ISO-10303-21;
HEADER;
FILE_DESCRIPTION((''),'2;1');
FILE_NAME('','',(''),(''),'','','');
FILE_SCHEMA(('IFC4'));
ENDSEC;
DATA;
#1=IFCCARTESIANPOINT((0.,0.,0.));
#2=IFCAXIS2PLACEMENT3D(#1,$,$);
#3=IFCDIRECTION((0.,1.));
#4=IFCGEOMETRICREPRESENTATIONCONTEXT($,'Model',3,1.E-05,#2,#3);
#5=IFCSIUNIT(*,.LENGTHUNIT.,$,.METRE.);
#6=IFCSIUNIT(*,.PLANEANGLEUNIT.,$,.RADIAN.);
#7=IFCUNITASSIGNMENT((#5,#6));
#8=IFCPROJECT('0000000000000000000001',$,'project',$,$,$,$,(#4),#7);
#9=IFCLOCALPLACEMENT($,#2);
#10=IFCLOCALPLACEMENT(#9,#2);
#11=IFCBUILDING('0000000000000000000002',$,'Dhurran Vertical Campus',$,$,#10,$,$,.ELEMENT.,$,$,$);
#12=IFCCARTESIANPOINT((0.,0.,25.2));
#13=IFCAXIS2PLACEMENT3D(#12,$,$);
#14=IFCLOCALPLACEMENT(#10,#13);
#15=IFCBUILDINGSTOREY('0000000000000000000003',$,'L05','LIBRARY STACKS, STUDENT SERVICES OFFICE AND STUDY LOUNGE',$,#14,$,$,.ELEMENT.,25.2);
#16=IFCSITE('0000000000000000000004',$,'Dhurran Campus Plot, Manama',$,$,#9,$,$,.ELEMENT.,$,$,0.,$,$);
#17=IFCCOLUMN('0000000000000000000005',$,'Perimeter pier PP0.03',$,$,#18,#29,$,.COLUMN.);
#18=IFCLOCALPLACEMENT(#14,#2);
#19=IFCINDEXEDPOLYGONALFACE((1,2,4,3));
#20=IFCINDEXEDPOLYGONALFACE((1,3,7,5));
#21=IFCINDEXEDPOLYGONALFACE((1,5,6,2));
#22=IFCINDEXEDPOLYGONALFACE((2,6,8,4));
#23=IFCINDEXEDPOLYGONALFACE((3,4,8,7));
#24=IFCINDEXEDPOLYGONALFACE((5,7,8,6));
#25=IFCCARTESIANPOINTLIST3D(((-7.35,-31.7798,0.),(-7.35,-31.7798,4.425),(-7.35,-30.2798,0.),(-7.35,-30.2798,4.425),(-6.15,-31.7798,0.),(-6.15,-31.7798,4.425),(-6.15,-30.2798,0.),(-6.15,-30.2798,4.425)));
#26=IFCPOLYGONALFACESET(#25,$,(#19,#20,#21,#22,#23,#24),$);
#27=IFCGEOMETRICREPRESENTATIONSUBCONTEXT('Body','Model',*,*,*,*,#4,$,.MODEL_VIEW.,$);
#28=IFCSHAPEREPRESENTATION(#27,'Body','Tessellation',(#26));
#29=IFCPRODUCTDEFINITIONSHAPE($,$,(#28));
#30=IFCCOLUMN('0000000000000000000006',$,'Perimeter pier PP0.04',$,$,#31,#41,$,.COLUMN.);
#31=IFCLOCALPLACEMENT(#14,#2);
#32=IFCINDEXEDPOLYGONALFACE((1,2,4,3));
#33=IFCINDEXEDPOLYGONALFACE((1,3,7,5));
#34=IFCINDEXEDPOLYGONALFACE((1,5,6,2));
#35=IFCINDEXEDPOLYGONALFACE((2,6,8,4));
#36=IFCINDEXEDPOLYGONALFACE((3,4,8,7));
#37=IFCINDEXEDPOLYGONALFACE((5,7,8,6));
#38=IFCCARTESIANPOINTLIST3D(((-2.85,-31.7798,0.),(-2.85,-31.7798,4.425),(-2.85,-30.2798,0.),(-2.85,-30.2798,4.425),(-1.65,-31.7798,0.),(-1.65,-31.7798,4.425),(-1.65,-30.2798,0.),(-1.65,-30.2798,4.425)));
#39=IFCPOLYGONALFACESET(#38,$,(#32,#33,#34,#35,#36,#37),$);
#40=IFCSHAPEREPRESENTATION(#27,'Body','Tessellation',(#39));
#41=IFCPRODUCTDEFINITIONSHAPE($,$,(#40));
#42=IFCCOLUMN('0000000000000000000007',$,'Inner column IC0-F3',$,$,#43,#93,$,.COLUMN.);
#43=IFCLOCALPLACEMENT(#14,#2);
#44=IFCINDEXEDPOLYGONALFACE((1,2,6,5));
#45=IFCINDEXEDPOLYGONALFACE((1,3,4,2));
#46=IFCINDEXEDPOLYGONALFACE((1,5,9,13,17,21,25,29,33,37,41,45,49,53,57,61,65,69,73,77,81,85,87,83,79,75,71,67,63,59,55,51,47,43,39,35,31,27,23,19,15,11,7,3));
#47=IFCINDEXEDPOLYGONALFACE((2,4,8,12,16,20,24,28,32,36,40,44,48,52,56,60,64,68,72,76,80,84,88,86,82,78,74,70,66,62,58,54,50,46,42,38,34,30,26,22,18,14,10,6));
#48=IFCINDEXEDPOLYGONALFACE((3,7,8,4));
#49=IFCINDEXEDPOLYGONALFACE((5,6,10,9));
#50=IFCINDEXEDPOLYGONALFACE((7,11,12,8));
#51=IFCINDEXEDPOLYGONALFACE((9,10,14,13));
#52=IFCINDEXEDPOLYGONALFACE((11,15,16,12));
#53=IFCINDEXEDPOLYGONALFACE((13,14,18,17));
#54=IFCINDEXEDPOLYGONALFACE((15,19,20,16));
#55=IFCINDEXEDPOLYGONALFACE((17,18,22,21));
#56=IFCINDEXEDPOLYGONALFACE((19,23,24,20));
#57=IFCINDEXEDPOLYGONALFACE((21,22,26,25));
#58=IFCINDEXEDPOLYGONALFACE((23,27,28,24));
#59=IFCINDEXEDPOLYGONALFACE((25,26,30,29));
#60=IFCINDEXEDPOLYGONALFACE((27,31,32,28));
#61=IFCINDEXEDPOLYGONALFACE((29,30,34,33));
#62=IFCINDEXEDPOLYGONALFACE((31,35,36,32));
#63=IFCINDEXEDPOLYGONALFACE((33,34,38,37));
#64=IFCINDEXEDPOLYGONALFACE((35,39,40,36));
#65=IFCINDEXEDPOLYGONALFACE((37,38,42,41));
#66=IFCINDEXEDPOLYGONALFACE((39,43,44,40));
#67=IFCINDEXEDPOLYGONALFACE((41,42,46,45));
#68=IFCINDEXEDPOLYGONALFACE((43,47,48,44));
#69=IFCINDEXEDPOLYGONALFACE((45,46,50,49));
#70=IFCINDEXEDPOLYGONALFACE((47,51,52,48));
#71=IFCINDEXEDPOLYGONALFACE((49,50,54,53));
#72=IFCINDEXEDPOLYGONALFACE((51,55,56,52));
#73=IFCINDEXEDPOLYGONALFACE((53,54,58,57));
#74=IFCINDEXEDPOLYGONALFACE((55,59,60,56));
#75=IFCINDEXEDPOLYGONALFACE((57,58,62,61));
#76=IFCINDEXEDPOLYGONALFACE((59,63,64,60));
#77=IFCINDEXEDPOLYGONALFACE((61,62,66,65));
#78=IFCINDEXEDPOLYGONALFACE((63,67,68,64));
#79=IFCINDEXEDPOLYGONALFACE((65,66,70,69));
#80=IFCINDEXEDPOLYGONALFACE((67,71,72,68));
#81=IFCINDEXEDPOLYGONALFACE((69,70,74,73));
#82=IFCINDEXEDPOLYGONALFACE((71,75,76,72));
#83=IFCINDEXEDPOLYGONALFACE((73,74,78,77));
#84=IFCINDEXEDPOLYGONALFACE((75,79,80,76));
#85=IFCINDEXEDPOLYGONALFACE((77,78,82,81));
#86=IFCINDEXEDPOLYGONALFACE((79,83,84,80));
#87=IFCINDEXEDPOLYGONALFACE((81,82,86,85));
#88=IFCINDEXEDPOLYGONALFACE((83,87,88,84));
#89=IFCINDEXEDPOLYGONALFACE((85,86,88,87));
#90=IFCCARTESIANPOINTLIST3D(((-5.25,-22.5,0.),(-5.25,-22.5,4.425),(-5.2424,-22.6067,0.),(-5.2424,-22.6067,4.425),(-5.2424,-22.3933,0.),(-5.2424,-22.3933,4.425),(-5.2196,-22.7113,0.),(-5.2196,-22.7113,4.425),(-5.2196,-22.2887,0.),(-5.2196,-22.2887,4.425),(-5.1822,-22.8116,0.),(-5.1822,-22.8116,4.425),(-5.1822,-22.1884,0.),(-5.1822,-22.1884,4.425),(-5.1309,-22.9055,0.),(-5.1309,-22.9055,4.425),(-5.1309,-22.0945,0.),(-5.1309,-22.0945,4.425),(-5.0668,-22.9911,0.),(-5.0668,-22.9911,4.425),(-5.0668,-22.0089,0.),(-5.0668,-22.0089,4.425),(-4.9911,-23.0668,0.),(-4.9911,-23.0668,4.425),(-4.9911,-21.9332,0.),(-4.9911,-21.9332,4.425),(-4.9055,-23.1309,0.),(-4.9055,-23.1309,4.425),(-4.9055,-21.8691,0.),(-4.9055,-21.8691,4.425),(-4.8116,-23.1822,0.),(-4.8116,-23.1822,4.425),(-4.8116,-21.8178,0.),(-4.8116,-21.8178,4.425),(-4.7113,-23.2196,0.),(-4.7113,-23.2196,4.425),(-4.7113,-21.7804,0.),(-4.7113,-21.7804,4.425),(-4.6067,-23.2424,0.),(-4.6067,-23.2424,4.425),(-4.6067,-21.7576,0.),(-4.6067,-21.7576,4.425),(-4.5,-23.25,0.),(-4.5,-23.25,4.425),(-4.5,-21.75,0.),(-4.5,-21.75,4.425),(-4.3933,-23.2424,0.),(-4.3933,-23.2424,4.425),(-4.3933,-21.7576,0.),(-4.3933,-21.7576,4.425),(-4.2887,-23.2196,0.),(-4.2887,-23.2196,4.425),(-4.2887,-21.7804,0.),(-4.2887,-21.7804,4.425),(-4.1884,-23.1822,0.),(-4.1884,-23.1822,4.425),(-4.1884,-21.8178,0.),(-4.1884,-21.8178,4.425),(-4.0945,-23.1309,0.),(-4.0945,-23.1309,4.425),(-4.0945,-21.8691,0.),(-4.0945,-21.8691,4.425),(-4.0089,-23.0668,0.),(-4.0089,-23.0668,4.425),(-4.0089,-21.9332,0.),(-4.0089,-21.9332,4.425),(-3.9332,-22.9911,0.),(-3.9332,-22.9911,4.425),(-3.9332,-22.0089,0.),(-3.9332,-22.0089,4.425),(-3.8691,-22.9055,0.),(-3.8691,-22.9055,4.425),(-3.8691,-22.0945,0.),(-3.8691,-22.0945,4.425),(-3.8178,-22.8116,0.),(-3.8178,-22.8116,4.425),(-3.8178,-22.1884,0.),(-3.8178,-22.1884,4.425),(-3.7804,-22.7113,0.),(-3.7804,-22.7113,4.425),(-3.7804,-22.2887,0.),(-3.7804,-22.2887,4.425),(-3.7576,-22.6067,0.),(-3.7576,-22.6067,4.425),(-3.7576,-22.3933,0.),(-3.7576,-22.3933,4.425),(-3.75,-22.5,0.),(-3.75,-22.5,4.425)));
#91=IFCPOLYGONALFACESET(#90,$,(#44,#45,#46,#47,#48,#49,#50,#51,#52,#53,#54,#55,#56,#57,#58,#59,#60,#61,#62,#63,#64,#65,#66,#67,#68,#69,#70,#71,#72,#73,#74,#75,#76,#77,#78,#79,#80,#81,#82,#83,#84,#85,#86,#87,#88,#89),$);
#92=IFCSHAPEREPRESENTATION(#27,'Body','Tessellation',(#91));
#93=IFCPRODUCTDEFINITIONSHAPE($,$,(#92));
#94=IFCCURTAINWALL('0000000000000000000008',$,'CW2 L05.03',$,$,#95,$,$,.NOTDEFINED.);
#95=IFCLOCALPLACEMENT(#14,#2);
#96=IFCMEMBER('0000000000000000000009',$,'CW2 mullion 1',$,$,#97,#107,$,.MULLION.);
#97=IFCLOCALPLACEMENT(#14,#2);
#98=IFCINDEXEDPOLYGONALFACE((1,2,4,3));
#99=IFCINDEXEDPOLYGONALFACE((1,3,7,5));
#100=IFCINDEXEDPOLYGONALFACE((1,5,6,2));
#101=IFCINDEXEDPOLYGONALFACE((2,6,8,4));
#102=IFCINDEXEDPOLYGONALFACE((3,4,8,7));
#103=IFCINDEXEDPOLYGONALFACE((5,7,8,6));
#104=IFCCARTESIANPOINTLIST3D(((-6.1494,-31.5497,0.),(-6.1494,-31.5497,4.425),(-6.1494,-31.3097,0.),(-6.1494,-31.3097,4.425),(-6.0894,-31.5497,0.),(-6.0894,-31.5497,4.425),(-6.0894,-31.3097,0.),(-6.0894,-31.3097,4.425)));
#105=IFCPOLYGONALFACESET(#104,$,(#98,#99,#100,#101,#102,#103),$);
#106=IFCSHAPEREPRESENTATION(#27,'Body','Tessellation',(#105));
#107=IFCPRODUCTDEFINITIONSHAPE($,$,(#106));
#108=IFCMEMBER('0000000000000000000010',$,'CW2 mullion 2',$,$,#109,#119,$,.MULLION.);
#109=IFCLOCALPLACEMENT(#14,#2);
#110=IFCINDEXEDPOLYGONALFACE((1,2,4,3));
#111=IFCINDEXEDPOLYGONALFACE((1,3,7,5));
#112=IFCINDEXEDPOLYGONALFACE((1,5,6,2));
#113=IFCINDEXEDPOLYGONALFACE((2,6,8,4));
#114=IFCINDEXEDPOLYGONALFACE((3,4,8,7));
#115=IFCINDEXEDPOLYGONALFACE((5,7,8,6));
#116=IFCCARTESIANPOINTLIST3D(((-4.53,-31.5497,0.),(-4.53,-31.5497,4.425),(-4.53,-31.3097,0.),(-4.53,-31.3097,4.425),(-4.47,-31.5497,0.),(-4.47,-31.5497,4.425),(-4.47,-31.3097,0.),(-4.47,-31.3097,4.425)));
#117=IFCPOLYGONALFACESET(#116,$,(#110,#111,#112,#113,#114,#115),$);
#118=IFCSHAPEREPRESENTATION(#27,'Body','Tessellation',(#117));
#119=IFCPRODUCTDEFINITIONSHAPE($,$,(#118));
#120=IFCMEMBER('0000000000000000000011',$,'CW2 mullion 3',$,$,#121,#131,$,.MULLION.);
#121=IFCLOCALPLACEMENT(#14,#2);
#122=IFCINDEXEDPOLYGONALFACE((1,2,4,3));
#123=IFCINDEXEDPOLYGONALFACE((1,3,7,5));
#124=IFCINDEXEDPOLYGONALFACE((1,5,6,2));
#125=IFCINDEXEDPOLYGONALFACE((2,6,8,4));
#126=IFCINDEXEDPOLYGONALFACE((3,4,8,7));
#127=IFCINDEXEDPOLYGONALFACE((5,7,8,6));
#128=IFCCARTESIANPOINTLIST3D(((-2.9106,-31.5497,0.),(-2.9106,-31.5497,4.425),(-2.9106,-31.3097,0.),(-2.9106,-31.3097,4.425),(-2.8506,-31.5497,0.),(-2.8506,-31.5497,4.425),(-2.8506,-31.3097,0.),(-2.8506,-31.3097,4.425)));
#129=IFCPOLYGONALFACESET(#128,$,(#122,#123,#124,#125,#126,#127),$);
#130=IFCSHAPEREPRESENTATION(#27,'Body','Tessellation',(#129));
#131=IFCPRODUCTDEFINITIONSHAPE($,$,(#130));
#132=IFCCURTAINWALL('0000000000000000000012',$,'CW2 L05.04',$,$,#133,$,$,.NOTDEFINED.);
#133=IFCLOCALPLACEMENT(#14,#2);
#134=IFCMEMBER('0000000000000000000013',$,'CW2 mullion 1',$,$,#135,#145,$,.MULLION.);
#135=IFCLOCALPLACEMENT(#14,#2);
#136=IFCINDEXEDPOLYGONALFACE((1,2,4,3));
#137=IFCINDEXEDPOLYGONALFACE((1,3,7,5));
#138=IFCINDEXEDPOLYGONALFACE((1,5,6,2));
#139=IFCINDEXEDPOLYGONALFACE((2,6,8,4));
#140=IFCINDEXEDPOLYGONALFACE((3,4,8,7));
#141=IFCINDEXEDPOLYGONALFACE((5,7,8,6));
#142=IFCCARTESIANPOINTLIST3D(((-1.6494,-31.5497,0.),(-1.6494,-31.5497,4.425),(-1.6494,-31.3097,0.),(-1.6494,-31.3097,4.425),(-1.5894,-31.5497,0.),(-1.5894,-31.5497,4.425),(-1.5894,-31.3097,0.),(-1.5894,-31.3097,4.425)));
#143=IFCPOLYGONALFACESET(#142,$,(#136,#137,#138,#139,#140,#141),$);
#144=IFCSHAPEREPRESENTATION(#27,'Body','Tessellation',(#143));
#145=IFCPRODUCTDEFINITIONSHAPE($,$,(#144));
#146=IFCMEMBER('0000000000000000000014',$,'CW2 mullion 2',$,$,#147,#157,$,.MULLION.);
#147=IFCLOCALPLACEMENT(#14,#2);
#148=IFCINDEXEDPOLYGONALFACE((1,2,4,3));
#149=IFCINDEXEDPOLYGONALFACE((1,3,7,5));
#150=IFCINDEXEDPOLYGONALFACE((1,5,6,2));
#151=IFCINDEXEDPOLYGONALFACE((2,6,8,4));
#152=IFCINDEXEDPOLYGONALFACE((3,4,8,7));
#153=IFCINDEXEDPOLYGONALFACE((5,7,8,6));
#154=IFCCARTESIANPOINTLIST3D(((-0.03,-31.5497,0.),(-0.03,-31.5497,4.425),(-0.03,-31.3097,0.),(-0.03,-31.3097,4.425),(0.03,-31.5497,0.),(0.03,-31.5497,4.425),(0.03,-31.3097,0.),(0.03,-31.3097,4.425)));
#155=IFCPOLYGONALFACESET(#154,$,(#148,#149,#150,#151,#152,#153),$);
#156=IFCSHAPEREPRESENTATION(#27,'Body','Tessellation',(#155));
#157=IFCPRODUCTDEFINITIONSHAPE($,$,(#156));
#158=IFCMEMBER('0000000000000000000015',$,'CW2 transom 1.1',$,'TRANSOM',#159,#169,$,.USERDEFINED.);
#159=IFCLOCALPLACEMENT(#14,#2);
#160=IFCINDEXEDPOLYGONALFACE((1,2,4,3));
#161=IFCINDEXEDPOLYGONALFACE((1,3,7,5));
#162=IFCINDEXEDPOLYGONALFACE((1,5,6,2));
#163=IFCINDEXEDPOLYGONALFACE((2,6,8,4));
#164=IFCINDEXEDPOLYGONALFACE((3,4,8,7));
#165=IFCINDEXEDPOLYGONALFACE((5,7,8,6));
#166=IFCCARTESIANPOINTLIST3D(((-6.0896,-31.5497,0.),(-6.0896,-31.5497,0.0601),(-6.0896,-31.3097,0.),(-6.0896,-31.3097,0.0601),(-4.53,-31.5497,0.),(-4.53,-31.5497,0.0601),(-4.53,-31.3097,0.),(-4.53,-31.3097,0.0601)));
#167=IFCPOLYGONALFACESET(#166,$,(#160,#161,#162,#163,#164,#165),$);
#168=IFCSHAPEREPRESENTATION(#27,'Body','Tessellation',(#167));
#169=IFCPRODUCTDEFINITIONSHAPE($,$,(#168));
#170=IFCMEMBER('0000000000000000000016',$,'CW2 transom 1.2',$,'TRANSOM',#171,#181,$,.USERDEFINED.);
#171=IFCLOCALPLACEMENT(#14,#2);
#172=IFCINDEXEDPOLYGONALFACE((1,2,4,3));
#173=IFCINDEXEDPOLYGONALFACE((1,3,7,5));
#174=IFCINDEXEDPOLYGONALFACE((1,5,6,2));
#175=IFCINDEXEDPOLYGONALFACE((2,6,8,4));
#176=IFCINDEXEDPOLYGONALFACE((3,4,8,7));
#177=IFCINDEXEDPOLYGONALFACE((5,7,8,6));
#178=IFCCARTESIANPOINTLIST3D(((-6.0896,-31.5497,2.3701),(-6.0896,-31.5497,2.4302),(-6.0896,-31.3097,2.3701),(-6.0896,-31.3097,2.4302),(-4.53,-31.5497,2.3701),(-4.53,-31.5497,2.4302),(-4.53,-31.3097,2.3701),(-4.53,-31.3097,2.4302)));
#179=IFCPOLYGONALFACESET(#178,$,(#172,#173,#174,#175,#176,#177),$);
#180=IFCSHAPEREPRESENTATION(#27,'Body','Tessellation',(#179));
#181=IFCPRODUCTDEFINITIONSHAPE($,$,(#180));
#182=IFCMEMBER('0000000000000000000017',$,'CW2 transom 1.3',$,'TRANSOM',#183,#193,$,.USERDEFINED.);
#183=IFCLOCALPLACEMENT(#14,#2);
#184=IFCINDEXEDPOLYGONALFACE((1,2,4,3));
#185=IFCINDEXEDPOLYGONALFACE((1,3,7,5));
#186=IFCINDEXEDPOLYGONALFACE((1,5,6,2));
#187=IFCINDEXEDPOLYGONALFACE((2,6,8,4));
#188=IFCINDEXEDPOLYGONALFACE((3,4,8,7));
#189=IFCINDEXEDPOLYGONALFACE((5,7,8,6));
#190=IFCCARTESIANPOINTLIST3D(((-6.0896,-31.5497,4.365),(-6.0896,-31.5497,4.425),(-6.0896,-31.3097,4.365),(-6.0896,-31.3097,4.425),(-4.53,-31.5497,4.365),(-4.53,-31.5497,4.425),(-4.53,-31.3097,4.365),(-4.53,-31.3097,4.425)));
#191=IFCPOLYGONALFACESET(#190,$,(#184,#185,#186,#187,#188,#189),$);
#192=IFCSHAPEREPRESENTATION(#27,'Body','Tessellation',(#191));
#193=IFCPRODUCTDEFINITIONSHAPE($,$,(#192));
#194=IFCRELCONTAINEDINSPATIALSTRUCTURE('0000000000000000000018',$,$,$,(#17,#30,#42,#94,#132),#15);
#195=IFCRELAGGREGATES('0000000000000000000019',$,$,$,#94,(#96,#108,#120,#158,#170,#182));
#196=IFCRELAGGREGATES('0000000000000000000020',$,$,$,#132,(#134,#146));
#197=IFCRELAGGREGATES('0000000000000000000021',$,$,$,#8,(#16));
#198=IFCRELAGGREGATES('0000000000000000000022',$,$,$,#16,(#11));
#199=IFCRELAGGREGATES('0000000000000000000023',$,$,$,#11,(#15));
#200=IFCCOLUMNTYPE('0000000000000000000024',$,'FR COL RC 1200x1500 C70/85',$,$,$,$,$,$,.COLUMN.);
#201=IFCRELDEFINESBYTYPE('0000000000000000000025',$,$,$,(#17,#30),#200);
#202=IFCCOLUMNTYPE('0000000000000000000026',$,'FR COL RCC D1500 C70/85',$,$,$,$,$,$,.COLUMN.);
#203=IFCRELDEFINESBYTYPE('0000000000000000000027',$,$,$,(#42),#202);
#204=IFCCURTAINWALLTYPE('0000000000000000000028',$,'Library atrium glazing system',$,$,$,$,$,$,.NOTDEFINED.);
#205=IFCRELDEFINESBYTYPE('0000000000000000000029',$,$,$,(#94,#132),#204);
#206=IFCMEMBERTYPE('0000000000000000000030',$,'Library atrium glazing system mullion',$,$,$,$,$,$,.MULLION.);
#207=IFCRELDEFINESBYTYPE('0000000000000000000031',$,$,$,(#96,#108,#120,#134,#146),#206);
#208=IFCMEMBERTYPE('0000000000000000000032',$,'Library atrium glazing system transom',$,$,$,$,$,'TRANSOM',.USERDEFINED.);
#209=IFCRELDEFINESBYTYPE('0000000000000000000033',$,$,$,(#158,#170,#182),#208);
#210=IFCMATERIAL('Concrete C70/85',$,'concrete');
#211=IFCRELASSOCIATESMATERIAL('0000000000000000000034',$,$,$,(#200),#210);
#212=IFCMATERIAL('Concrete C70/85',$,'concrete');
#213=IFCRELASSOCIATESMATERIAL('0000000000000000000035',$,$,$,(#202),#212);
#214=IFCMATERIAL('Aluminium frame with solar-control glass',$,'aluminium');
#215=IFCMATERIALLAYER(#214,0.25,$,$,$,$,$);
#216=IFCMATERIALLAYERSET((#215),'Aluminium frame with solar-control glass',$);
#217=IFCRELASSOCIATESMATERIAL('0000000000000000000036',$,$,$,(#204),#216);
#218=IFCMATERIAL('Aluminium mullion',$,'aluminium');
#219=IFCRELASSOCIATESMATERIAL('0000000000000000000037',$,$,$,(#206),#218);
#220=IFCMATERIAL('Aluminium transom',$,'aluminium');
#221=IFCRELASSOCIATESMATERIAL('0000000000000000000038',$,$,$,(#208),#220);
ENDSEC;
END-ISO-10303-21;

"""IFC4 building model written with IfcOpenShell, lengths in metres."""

from ifc_helpers import new_model, si_unit, direction, frame, origin, origin_2d, place, context, subcontext, project, spatial, rectangle, circle, extrude, material, layer, layer_set, material_profile, profile_set, type_object, element, aggregate, save


model = new_model("IFC4")

# Units and contexts
model_context = context("Model", 3, precision=1e-05, world=origin(), true_north=direction((0.0, 1.0)))
body_context = subcontext(model_context, "Body", "Model", "MODEL_VIEW")
ifc_project = project(units=[si_unit("LENGTHUNIT", "METRE"), si_unit("PLANEANGLEUNIT", "RADIAN")], contexts=[model_context])

# Site, building, storey
site_placement = place(None, origin())
site = spatial("IfcSite", under=ifc_project, at=site_placement, Name="Dhurran Campus Plot, Manama", CompositionType="ELEMENT", RefElevation=0.0)
building_placement = place(site_placement, origin())
building = spatial("IfcBuilding", under=site, at=building_placement, Name="Dhurran Vertical Campus", CompositionType="ELEMENT")
storey_placement = place(building_placement, frame((0.0, 0.0, 25.2)))
storey = spatial("IfcBuildingStorey", under=building, at=storey_placement, Name="L05", Description="LIBRARY STACKS, STUDENT SERVICES OFFICE AND STUDY LOUNGE", CompositionType="ELEMENT", Elevation=25.2)

# Columns
ifc_material_1 = material(Name="Concrete C70/85", Category="concrete")
ifc_material_profile_1 = material_profile(ifc_material_1, rectangle(XDim=1.2, YDim=1.5, at=origin_2d()), Name="RC 1200x1500")
ifc_profile_set_1 = profile_set([ifc_material_profile_1], Name="Concrete C70/85")
column_type_1 = type_object("IfcColumnType", Name="FR COL RC 1200x1500 C70/85", PredefinedType="COLUMN", material=ifc_profile_set_1)
for number, where, z_axis, x_axis, name in (
    (1, (-6.75, -31.0298, 0.0), (0.0, 0.0, 1.0), (1.0, 0.0, 0.0), "Perimeter pier PP0.03"),
    (2, (-2.25, -31.0298, 0.0), (0.0, 0.0, 1.0), (1.0, 0.0, 0.0), "Perimeter pier PP0.04"),
):
    element("IfcColumn", number, at=place(storey_placement, frame(where, z_axis=z_axis, x_axis=x_axis)), inside=storey, type_object=column_type_1, Name=name, PredefinedType="COLUMN", context=body_context, shape_type="SweptSolid", body=[
        extrude(rectangle(XDim=1.2, YDim=1.5, at=origin_2d()), origin(), (0.0, 0.0, 1.0), 4.425),
    ])
ifc_material_2 = material(Name="Concrete C70/85", Category="concrete")
ifc_material_profile_2 = material_profile(ifc_material_2, circle(Radius=0.75, at=origin_2d()), Name="RCC D1500")
ifc_profile_set_2 = profile_set([ifc_material_profile_2], Name="Concrete C70/85")
column_type_2 = type_object("IfcColumnType", Name="FR COL RCC D1500 C70/85", PredefinedType="COLUMN", material=ifc_profile_set_2)
column_placement = place(storey_placement, frame((-4.5, -22.5, 0.0), z_axis=(0.0, 0.0, 1.0), x_axis=(1.0, 0.0, 0.0)))
element("IfcColumn", 3, at=column_placement, inside=storey, type_object=column_type_2, Name="Inner column IC0-F3", PredefinedType="COLUMN", context=body_context, shape_type="SweptSolid", body=[
    extrude(circle(Radius=0.75, at=origin_2d()), origin(), (0.0, 0.0, 1.0), 4.425),
])

# Curtain walls, members
ifc_material_3 = material(Name="Aluminium frame with solar-control glass", Category="aluminium")
ifc_layer_1 = layer(ifc_material_3, 0.25)
ifc_layer_set_1 = layer_set([ifc_layer_1], Name="Aluminium frame with solar-control glass")
curtain_wall_type = type_object("IfcCurtainWallType", Name="Library atrium glazing system", PredefinedType="NOTDEFINED", material=ifc_layer_set_1)
curtain_wall_1_placement = place(storey_placement, origin())
curtain_wall_1 = element("IfcCurtainWall", 4, at=curtain_wall_1_placement, inside=storey, type_object=curtain_wall_type, Name="CW2 L05.03", PredefinedType="NOTDEFINED")
ifc_material_4 = material(Name="Aluminium mullion", Category="aluminium")
ifc_material_profile_3 = material_profile(ifc_material_4, rectangle(XDim=0.24, YDim=0.0601, at=origin_2d()), Name="Library atrium glazing system mullion")
ifc_profile_set_3 = profile_set([ifc_material_profile_3], Name="Aluminium mullion")
member_type_1 = type_object("IfcMemberType", Name="Library atrium glazing system mullion", PredefinedType="MULLION", material=ifc_profile_set_3)
member_1_placement = place(storey_placement, frame((-6.1194, -31.4297, 0.0), z_axis=(0.0, 0.0, 1.0), x_axis=(0.0, 1.0, 0.0)))
member_1 = element("IfcMember", 5, at=member_1_placement, type_object=member_type_1, Name="CW2 mullion 1", PredefinedType="MULLION", context=body_context, shape_type="SweptSolid", body=[
    extrude(rectangle(XDim=0.24, YDim=0.0601, at=origin_2d()), origin(), (0.0, 0.0, 1.0), 4.425),
])
member_2_placement = place(storey_placement, frame((-4.5, -31.4297, 0.0), z_axis=(0.0, 0.0, 1.0), x_axis=(0.0, 1.0, 0.0)))
member_2 = element("IfcMember", 6, at=member_2_placement, type_object=member_type_1, Name="CW2 mullion 2", PredefinedType="MULLION", context=body_context, shape_type="SweptSolid", body=[
    extrude(rectangle(XDim=0.24, YDim=0.0601, at=origin_2d()), origin(), (0.0, 0.0, 1.0), 4.425),
])
member_3_placement = place(storey_placement, frame((-2.8806, -31.4297, 0.0), z_axis=(0.0, 0.0, 1.0), x_axis=(0.0, 1.0, 0.0)))
member_3 = element("IfcMember", 7, at=member_3_placement, type_object=member_type_1, Name="CW2 mullion 3", PredefinedType="MULLION", context=body_context, shape_type="SweptSolid", body=[
    extrude(rectangle(XDim=0.24, YDim=0.0601, at=origin_2d()), origin(), (0.0, 0.0, 1.0), 4.425),
])
curtain_wall_2_placement = place(storey_placement, origin())
curtain_wall_2 = element("IfcCurtainWall", 8, at=curtain_wall_2_placement, inside=storey, type_object=curtain_wall_type, Name="CW2 L05.04", PredefinedType="NOTDEFINED")
member_4_placement = place(storey_placement, frame((-1.6194, -31.4297, 0.0), z_axis=(0.0, 0.0, 1.0), x_axis=(0.0, 1.0, 0.0)))
member_4 = element("IfcMember", 9, at=member_4_placement, type_object=member_type_1, Name="CW2 mullion 1", PredefinedType="MULLION", context=body_context, shape_type="SweptSolid", body=[
    extrude(rectangle(XDim=0.24, YDim=0.0601, at=origin_2d()), origin(), (0.0, 0.0, 1.0), 4.425),
])
member_5_placement = place(storey_placement, frame((0.0, -31.4297, 0.0), z_axis=(0.0, 0.0, 1.0), x_axis=(0.0, 1.0, 0.0)))
member_5 = element("IfcMember", 10, at=member_5_placement, type_object=member_type_1, Name="CW2 mullion 2", PredefinedType="MULLION", context=body_context, shape_type="SweptSolid", body=[
    extrude(rectangle(XDim=0.24, YDim=0.0601, at=origin_2d()), origin(), (0.0, 0.0, 1.0), 4.425),
])

# Members
ifc_material_5 = material(Name="Aluminium transom", Category="aluminium")
ifc_material_profile_4 = material_profile(ifc_material_5, rectangle(XDim=0.24, YDim=0.0601, at=origin_2d()), Name="Library atrium glazing system transom")
ifc_profile_set_4 = profile_set([ifc_material_profile_4], Name="Aluminium transom")
member_type_2 = type_object("IfcMemberType", Name="Library atrium glazing system transom", ElementType="TRANSOM", PredefinedType="USERDEFINED", material=ifc_profile_set_4)
member_6_placement = place(storey_placement, frame((-6.0896, -31.4297, 0.03), z_axis=(1.0, 0.0, 0.0), x_axis=(0.0, 1.0, 0.0)))
member_6 = element("IfcMember", 11, at=member_6_placement, type_object=member_type_2, Name="CW2 transom 1.1", ObjectType="TRANSOM", PredefinedType="USERDEFINED", context=body_context, shape_type="SweptSolid", body=[
    extrude(rectangle(XDim=0.24, YDim=0.0601, at=origin_2d()), origin(), (0.0, 0.0, 1.0), 1.5596),
])
member_7_placement = place(storey_placement, frame((-6.0896, -31.4297, 2.4001), z_axis=(1.0, 0.0, 0.0), x_axis=(0.0, 1.0, 0.0)))
member_7 = element("IfcMember", 12, at=member_7_placement, type_object=member_type_2, Name="CW2 transom 1.2", ObjectType="TRANSOM", PredefinedType="USERDEFINED", context=body_context, shape_type="SweptSolid", body=[
    extrude(rectangle(XDim=0.24, YDim=0.0601, at=origin_2d()), origin(), (0.0, 0.0, 1.0), 1.5596),
])
member_8_placement = place(storey_placement, frame((-6.0896, -31.4297, 4.395), z_axis=(1.0, 0.0, 0.0), x_axis=(0.0, 1.0, 0.0)))
member_8 = element("IfcMember", 13, at=member_8_placement, type_object=member_type_2, Name="CW2 transom 1.3", ObjectType="TRANSOM", PredefinedType="USERDEFINED", context=body_context, shape_type="SweptSolid", body=[
    extrude(rectangle(XDim=0.24, YDim=0.0601, at=origin_2d()), origin(), (0.0, 0.0, 1.0), 1.5596),
])

aggregate(curtain_wall_1, [member_1, member_2, member_3, member_6, member_7, member_8])
aggregate(curtain_wall_2, [member_4, member_5])

save(model, "model.ifc")
